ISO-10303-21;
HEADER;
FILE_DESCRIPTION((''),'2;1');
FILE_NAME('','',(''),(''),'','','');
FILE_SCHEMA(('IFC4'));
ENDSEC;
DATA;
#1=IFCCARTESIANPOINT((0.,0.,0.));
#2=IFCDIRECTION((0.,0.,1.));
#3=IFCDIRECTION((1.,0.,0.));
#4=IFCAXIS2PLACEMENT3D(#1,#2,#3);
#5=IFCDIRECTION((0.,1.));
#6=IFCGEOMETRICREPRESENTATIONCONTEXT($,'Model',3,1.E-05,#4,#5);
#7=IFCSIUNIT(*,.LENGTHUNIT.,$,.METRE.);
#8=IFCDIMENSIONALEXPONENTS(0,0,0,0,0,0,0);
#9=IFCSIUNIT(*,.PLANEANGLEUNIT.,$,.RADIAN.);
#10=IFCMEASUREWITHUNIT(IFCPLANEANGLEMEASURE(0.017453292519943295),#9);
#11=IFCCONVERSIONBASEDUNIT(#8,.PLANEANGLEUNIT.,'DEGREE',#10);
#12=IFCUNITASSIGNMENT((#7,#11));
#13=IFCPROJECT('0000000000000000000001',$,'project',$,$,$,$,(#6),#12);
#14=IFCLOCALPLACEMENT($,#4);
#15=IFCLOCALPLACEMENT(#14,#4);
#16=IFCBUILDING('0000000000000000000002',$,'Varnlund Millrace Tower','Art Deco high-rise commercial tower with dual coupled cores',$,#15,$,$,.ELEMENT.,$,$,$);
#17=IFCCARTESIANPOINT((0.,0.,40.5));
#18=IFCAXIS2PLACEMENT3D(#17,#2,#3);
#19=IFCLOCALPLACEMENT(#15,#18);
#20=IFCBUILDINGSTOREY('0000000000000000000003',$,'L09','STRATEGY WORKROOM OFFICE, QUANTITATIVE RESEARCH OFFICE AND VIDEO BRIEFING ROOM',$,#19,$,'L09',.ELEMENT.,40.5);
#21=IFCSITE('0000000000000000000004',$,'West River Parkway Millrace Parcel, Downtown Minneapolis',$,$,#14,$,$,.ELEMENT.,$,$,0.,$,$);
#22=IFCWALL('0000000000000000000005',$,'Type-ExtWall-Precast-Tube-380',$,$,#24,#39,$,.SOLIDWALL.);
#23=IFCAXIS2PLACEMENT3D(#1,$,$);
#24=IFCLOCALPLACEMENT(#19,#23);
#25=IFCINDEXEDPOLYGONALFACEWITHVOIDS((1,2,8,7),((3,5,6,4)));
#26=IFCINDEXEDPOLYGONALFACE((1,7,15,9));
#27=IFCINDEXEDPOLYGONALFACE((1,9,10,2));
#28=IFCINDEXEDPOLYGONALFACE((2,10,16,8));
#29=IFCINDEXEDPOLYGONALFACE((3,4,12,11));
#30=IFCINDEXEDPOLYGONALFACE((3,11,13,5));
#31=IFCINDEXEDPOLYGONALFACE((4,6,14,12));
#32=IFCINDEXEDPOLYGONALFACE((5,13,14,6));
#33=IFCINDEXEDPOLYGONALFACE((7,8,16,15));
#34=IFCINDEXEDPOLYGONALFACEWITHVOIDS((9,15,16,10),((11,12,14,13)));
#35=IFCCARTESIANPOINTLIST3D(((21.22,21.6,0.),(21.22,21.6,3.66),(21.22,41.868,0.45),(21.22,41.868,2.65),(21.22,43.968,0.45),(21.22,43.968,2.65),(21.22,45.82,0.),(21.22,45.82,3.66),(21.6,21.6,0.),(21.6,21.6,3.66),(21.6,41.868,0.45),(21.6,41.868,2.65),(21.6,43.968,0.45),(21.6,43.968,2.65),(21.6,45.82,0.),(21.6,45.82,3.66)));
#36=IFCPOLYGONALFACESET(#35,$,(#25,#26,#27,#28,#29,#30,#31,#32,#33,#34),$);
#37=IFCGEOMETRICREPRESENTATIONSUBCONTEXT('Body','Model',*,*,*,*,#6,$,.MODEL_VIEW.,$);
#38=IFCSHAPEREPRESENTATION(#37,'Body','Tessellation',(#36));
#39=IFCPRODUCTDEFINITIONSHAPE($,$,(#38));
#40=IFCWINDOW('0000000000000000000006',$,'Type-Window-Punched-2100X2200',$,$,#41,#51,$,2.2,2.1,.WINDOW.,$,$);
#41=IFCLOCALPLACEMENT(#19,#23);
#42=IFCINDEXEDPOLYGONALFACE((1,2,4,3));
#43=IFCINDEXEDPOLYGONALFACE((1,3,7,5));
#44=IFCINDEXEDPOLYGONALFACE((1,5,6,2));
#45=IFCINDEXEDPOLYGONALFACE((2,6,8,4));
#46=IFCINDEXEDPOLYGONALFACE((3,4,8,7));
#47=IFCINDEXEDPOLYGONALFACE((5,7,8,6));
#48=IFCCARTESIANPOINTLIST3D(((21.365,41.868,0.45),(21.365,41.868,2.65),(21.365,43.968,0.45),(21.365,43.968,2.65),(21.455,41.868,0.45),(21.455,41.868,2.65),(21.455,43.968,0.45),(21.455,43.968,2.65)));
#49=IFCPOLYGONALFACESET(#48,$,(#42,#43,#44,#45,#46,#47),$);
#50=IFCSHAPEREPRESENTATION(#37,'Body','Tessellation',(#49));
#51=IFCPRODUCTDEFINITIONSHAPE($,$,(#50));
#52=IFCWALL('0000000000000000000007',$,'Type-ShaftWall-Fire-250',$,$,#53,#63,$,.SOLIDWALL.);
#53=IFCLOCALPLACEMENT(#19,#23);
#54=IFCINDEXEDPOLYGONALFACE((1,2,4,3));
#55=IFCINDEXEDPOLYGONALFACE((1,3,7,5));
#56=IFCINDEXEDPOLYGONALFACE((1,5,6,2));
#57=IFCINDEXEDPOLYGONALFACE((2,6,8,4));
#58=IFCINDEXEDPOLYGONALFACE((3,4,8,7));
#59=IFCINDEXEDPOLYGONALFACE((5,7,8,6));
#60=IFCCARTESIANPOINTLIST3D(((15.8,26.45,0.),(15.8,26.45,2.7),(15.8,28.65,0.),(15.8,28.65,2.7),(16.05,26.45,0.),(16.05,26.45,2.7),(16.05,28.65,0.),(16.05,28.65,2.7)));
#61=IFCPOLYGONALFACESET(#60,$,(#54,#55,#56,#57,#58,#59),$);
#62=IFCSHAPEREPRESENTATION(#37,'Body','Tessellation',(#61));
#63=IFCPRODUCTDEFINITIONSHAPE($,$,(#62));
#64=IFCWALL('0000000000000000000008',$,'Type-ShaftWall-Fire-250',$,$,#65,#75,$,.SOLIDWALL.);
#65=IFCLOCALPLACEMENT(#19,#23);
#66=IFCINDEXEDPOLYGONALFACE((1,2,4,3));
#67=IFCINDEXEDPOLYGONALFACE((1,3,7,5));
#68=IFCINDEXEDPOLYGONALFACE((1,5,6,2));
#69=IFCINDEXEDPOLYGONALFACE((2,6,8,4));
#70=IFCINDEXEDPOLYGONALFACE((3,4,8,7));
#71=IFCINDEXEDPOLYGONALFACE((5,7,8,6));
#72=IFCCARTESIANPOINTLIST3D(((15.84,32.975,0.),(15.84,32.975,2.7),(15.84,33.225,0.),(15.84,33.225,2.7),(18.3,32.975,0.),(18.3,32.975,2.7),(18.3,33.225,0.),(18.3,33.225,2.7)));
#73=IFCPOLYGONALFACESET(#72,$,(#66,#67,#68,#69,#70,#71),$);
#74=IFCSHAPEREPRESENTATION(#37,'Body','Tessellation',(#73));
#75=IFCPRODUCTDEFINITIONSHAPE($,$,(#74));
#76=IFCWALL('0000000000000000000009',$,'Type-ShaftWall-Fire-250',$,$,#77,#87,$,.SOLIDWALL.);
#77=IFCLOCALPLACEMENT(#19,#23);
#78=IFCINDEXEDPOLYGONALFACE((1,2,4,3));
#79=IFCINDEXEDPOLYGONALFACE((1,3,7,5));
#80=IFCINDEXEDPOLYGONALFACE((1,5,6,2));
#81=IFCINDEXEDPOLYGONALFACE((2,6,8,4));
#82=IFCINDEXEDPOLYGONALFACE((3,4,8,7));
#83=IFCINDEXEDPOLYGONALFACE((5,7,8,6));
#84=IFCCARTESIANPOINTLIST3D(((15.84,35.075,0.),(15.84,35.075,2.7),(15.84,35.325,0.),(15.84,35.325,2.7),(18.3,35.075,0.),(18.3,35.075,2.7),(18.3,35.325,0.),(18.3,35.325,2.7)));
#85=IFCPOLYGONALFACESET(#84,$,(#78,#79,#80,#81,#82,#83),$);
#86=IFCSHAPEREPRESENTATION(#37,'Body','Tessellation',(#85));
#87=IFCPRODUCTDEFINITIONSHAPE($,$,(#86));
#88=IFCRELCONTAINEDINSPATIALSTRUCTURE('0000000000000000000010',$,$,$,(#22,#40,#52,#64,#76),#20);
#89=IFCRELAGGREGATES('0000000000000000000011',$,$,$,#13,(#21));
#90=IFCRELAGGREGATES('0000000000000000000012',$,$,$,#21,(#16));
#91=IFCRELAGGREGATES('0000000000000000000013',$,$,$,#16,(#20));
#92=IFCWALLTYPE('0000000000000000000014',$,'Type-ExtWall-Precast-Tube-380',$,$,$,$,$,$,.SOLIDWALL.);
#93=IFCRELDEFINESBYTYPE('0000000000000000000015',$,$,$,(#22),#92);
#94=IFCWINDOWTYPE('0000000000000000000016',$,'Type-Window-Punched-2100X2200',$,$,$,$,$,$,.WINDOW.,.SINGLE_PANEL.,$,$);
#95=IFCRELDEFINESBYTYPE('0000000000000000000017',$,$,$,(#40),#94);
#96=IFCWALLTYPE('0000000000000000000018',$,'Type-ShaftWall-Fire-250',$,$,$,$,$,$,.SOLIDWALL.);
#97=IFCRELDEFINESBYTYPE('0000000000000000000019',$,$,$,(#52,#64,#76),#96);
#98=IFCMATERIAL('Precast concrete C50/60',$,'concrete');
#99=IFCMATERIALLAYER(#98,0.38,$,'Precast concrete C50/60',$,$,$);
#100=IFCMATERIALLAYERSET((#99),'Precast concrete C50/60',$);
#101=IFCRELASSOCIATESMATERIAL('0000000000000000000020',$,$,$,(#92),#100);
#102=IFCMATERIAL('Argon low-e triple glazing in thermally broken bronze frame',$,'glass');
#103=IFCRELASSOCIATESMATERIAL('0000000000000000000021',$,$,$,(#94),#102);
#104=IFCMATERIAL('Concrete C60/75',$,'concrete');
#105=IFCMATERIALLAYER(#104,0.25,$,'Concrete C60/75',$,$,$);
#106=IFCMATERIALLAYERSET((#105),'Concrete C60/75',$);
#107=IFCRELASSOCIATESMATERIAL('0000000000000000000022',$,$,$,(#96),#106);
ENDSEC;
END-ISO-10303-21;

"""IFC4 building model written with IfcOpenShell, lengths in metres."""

from ifc_helpers import new_model, entity, si_unit, converted_unit, direction, frame, origin_with_axes, origin_2d_with_axis, place, context, subcontext, project, spatial, polyline, rectangle, outline, extrude, material, layer, layer_set, type_object, element, fill, save


model = new_model("IFC4")

# Units and contexts
model_context = context("Model", 3, precision=1e-05, world=origin_with_axes(), true_north=direction((0.0, 1.0)))
body_context = subcontext(model_context, "Body", "Model", "MODEL_VIEW")
ifc_project = project(units=[si_unit("LENGTHUNIT", "METRE"), converted_unit("PLANEANGLEUNIT", "DEGREE", entity("IfcPlaneAngleMeasure", 0.017453292519943295), si_unit("PLANEANGLEUNIT", "RADIAN"), dimensions=[0, 0, 0, 0, 0, 0, 0])], contexts=[model_context])

# Site, building, storey
site_placement = place(None, origin_with_axes())
site = spatial("IfcSite", under=ifc_project, at=site_placement, Name="West River Parkway Millrace Parcel, Downtown Minneapolis", CompositionType="ELEMENT", RefElevation=0.0)
building_placement = place(site_placement, origin_with_axes())
building = spatial("IfcBuilding", under=site, at=building_placement, Name="Varnlund Millrace Tower", Description="Art Deco high-rise commercial tower with dual coupled cores", CompositionType="ELEMENT")
storey_placement = place(building_placement, frame((0.0, 0.0, 40.5), z_axis=(0.0, 0.0, 1.0), x_axis=(1.0, 0.0, 0.0)))
storey = spatial("IfcBuildingStorey", under=building, at=storey_placement, Name="L09", Description="STRATEGY WORKROOM OFFICE, QUANTITATIVE RESEARCH OFFICE AND VIDEO BRIEFING ROOM", LongName="L09", CompositionType="ELEMENT", Elevation=40.5)

# Shared definitions
ifc_material_1 = material(Name="Precast concrete C50/60", Category="concrete")
ifc_layer_1 = layer(ifc_material_1, 0.38, Name="Precast concrete C50/60")
ifc_layer_set_1 = layer_set([ifc_layer_1], Name="Precast concrete C50/60")
wall_type_1 = type_object("IfcWallType", Name="Type-ExtWall-Precast-Tube-380", PredefinedType="SOLIDWALL", material=ifc_layer_set_1)

# Wall, opening, window
wall_1_placement = place(storey_placement, frame((21.41, 45.82, 0.0), z_axis=(0.0, 0.0, 1.0), x_axis=(0.0, -1.0, 0.0)))
wall_1 = element("IfcWall", 1, at=wall_1_placement, inside=storey, type_object=wall_type_1, Name="Type-ExtWall-Precast-Tube-380", PredefinedType="SOLIDWALL", context=body_context, shape_type="SweptSolid", body=[
    extrude(outline(polyline([(0.0, -0.19), (24.22, -0.19), (24.22, 0.19), (0.0, 0.19), (0.0, -0.19)])), origin_with_axes(), (0.0, 0.0, 1.0), 3.66),
])
opening_placement = place(wall_1_placement, frame((2.902, 0.0, 0.45), z_axis=(0.0, 0.0, 1.0), x_axis=(1.0, 0.0, 0.0)))
opening = element("IfcOpeningElement", 2, at=opening_placement, cuts=wall_1, PredefinedType="OPENING", context=body_context, shape_type="SweptSolid", body=[
    extrude(rectangle(XDim=2.1, YDim=0.4, at=origin_2d_with_axis()), origin_with_axes(), (0.0, 0.0, 1.0), 2.2),
])
ifc_material_2 = material(Name="Argon low-e triple glazing in thermally broken bronze frame", Category="glass")
window_type = type_object("IfcWindowType", Name="Type-Window-Punched-2100X2200", PartitioningType="SINGLE_PANEL", PredefinedType="WINDOW", material=ifc_material_2)
window_placement = place(wall_1_placement, frame((2.902, 0.0, 0.45), z_axis=(0.0, 0.0, 1.0), x_axis=(1.0, 0.0, 0.0)))
window = element("IfcWindow", 3, at=window_placement, inside=storey, type_object=window_type, Name="Type-Window-Punched-2100X2200", OverallHeight=2.2, OverallWidth=2.1, PredefinedType="WINDOW", context=body_context, shape_type="SweptSolid", body=[
    extrude(rectangle(XDim=2.1, YDim=0.09, at=origin_2d_with_axis()), origin_with_axes(), (0.0, 0.0, 1.0), 2.2),
])
fill(opening, window)

# Walls
ifc_material_3 = material(Name="Concrete C60/75", Category="concrete")
ifc_layer_2 = layer(ifc_material_3, 0.25, Name="Concrete C60/75")
ifc_layer_set_2 = layer_set([ifc_layer_2], Name="Concrete C60/75")
wall_type_2 = type_object("IfcWallType", Name="Type-ShaftWall-Fire-250", PredefinedType="SOLIDWALL", material=ifc_layer_set_2)
wall_2_placement = place(storey_placement, frame((15.925, 26.45, 0.0), z_axis=(0.0, 0.0, 1.0), x_axis=(0.0, 1.0, 0.0)))
element("IfcWall", 4, at=wall_2_placement, inside=storey, type_object=wall_type_2, Name="Type-ShaftWall-Fire-250", PredefinedType="SOLIDWALL", context=body_context, shape_type="SweptSolid", body=[
    extrude(outline(polyline([(0.0, -0.125), (2.2, -0.125), (2.2, 0.125), (0.0, 0.125), (0.0, -0.125)])), origin_with_axes(), (0.0, 0.0, 1.0), 2.7),
])
for number, where, z_axis, x_axis, name in (
    (5, (15.84, 33.1, 0.0), (0.0, 0.0, 1.0), (1.0, 0.0, 0.0), "Type-ShaftWall-Fire-250"),
    (6, (15.84, 35.2, 0.0), (0.0, 0.0, 1.0), (1.0, 0.0, 0.0), "Type-ShaftWall-Fire-250"),
):
    element("IfcWall", number, at=place(storey_placement, frame(where, z_axis=z_axis, x_axis=x_axis)), inside=storey, type_object=wall_type_2, Name=name, PredefinedType="SOLIDWALL", context=body_context, shape_type="SweptSolid", body=[
        extrude(outline(polyline([(0.0, -0.125), (2.46, -0.125), (2.46, 0.125), (0.0, 0.125), (0.0, -0.125)])), origin_with_axes(), (0.0, 0.0, 1.0), 2.7),
    ])

save(model, "model.ifc")
